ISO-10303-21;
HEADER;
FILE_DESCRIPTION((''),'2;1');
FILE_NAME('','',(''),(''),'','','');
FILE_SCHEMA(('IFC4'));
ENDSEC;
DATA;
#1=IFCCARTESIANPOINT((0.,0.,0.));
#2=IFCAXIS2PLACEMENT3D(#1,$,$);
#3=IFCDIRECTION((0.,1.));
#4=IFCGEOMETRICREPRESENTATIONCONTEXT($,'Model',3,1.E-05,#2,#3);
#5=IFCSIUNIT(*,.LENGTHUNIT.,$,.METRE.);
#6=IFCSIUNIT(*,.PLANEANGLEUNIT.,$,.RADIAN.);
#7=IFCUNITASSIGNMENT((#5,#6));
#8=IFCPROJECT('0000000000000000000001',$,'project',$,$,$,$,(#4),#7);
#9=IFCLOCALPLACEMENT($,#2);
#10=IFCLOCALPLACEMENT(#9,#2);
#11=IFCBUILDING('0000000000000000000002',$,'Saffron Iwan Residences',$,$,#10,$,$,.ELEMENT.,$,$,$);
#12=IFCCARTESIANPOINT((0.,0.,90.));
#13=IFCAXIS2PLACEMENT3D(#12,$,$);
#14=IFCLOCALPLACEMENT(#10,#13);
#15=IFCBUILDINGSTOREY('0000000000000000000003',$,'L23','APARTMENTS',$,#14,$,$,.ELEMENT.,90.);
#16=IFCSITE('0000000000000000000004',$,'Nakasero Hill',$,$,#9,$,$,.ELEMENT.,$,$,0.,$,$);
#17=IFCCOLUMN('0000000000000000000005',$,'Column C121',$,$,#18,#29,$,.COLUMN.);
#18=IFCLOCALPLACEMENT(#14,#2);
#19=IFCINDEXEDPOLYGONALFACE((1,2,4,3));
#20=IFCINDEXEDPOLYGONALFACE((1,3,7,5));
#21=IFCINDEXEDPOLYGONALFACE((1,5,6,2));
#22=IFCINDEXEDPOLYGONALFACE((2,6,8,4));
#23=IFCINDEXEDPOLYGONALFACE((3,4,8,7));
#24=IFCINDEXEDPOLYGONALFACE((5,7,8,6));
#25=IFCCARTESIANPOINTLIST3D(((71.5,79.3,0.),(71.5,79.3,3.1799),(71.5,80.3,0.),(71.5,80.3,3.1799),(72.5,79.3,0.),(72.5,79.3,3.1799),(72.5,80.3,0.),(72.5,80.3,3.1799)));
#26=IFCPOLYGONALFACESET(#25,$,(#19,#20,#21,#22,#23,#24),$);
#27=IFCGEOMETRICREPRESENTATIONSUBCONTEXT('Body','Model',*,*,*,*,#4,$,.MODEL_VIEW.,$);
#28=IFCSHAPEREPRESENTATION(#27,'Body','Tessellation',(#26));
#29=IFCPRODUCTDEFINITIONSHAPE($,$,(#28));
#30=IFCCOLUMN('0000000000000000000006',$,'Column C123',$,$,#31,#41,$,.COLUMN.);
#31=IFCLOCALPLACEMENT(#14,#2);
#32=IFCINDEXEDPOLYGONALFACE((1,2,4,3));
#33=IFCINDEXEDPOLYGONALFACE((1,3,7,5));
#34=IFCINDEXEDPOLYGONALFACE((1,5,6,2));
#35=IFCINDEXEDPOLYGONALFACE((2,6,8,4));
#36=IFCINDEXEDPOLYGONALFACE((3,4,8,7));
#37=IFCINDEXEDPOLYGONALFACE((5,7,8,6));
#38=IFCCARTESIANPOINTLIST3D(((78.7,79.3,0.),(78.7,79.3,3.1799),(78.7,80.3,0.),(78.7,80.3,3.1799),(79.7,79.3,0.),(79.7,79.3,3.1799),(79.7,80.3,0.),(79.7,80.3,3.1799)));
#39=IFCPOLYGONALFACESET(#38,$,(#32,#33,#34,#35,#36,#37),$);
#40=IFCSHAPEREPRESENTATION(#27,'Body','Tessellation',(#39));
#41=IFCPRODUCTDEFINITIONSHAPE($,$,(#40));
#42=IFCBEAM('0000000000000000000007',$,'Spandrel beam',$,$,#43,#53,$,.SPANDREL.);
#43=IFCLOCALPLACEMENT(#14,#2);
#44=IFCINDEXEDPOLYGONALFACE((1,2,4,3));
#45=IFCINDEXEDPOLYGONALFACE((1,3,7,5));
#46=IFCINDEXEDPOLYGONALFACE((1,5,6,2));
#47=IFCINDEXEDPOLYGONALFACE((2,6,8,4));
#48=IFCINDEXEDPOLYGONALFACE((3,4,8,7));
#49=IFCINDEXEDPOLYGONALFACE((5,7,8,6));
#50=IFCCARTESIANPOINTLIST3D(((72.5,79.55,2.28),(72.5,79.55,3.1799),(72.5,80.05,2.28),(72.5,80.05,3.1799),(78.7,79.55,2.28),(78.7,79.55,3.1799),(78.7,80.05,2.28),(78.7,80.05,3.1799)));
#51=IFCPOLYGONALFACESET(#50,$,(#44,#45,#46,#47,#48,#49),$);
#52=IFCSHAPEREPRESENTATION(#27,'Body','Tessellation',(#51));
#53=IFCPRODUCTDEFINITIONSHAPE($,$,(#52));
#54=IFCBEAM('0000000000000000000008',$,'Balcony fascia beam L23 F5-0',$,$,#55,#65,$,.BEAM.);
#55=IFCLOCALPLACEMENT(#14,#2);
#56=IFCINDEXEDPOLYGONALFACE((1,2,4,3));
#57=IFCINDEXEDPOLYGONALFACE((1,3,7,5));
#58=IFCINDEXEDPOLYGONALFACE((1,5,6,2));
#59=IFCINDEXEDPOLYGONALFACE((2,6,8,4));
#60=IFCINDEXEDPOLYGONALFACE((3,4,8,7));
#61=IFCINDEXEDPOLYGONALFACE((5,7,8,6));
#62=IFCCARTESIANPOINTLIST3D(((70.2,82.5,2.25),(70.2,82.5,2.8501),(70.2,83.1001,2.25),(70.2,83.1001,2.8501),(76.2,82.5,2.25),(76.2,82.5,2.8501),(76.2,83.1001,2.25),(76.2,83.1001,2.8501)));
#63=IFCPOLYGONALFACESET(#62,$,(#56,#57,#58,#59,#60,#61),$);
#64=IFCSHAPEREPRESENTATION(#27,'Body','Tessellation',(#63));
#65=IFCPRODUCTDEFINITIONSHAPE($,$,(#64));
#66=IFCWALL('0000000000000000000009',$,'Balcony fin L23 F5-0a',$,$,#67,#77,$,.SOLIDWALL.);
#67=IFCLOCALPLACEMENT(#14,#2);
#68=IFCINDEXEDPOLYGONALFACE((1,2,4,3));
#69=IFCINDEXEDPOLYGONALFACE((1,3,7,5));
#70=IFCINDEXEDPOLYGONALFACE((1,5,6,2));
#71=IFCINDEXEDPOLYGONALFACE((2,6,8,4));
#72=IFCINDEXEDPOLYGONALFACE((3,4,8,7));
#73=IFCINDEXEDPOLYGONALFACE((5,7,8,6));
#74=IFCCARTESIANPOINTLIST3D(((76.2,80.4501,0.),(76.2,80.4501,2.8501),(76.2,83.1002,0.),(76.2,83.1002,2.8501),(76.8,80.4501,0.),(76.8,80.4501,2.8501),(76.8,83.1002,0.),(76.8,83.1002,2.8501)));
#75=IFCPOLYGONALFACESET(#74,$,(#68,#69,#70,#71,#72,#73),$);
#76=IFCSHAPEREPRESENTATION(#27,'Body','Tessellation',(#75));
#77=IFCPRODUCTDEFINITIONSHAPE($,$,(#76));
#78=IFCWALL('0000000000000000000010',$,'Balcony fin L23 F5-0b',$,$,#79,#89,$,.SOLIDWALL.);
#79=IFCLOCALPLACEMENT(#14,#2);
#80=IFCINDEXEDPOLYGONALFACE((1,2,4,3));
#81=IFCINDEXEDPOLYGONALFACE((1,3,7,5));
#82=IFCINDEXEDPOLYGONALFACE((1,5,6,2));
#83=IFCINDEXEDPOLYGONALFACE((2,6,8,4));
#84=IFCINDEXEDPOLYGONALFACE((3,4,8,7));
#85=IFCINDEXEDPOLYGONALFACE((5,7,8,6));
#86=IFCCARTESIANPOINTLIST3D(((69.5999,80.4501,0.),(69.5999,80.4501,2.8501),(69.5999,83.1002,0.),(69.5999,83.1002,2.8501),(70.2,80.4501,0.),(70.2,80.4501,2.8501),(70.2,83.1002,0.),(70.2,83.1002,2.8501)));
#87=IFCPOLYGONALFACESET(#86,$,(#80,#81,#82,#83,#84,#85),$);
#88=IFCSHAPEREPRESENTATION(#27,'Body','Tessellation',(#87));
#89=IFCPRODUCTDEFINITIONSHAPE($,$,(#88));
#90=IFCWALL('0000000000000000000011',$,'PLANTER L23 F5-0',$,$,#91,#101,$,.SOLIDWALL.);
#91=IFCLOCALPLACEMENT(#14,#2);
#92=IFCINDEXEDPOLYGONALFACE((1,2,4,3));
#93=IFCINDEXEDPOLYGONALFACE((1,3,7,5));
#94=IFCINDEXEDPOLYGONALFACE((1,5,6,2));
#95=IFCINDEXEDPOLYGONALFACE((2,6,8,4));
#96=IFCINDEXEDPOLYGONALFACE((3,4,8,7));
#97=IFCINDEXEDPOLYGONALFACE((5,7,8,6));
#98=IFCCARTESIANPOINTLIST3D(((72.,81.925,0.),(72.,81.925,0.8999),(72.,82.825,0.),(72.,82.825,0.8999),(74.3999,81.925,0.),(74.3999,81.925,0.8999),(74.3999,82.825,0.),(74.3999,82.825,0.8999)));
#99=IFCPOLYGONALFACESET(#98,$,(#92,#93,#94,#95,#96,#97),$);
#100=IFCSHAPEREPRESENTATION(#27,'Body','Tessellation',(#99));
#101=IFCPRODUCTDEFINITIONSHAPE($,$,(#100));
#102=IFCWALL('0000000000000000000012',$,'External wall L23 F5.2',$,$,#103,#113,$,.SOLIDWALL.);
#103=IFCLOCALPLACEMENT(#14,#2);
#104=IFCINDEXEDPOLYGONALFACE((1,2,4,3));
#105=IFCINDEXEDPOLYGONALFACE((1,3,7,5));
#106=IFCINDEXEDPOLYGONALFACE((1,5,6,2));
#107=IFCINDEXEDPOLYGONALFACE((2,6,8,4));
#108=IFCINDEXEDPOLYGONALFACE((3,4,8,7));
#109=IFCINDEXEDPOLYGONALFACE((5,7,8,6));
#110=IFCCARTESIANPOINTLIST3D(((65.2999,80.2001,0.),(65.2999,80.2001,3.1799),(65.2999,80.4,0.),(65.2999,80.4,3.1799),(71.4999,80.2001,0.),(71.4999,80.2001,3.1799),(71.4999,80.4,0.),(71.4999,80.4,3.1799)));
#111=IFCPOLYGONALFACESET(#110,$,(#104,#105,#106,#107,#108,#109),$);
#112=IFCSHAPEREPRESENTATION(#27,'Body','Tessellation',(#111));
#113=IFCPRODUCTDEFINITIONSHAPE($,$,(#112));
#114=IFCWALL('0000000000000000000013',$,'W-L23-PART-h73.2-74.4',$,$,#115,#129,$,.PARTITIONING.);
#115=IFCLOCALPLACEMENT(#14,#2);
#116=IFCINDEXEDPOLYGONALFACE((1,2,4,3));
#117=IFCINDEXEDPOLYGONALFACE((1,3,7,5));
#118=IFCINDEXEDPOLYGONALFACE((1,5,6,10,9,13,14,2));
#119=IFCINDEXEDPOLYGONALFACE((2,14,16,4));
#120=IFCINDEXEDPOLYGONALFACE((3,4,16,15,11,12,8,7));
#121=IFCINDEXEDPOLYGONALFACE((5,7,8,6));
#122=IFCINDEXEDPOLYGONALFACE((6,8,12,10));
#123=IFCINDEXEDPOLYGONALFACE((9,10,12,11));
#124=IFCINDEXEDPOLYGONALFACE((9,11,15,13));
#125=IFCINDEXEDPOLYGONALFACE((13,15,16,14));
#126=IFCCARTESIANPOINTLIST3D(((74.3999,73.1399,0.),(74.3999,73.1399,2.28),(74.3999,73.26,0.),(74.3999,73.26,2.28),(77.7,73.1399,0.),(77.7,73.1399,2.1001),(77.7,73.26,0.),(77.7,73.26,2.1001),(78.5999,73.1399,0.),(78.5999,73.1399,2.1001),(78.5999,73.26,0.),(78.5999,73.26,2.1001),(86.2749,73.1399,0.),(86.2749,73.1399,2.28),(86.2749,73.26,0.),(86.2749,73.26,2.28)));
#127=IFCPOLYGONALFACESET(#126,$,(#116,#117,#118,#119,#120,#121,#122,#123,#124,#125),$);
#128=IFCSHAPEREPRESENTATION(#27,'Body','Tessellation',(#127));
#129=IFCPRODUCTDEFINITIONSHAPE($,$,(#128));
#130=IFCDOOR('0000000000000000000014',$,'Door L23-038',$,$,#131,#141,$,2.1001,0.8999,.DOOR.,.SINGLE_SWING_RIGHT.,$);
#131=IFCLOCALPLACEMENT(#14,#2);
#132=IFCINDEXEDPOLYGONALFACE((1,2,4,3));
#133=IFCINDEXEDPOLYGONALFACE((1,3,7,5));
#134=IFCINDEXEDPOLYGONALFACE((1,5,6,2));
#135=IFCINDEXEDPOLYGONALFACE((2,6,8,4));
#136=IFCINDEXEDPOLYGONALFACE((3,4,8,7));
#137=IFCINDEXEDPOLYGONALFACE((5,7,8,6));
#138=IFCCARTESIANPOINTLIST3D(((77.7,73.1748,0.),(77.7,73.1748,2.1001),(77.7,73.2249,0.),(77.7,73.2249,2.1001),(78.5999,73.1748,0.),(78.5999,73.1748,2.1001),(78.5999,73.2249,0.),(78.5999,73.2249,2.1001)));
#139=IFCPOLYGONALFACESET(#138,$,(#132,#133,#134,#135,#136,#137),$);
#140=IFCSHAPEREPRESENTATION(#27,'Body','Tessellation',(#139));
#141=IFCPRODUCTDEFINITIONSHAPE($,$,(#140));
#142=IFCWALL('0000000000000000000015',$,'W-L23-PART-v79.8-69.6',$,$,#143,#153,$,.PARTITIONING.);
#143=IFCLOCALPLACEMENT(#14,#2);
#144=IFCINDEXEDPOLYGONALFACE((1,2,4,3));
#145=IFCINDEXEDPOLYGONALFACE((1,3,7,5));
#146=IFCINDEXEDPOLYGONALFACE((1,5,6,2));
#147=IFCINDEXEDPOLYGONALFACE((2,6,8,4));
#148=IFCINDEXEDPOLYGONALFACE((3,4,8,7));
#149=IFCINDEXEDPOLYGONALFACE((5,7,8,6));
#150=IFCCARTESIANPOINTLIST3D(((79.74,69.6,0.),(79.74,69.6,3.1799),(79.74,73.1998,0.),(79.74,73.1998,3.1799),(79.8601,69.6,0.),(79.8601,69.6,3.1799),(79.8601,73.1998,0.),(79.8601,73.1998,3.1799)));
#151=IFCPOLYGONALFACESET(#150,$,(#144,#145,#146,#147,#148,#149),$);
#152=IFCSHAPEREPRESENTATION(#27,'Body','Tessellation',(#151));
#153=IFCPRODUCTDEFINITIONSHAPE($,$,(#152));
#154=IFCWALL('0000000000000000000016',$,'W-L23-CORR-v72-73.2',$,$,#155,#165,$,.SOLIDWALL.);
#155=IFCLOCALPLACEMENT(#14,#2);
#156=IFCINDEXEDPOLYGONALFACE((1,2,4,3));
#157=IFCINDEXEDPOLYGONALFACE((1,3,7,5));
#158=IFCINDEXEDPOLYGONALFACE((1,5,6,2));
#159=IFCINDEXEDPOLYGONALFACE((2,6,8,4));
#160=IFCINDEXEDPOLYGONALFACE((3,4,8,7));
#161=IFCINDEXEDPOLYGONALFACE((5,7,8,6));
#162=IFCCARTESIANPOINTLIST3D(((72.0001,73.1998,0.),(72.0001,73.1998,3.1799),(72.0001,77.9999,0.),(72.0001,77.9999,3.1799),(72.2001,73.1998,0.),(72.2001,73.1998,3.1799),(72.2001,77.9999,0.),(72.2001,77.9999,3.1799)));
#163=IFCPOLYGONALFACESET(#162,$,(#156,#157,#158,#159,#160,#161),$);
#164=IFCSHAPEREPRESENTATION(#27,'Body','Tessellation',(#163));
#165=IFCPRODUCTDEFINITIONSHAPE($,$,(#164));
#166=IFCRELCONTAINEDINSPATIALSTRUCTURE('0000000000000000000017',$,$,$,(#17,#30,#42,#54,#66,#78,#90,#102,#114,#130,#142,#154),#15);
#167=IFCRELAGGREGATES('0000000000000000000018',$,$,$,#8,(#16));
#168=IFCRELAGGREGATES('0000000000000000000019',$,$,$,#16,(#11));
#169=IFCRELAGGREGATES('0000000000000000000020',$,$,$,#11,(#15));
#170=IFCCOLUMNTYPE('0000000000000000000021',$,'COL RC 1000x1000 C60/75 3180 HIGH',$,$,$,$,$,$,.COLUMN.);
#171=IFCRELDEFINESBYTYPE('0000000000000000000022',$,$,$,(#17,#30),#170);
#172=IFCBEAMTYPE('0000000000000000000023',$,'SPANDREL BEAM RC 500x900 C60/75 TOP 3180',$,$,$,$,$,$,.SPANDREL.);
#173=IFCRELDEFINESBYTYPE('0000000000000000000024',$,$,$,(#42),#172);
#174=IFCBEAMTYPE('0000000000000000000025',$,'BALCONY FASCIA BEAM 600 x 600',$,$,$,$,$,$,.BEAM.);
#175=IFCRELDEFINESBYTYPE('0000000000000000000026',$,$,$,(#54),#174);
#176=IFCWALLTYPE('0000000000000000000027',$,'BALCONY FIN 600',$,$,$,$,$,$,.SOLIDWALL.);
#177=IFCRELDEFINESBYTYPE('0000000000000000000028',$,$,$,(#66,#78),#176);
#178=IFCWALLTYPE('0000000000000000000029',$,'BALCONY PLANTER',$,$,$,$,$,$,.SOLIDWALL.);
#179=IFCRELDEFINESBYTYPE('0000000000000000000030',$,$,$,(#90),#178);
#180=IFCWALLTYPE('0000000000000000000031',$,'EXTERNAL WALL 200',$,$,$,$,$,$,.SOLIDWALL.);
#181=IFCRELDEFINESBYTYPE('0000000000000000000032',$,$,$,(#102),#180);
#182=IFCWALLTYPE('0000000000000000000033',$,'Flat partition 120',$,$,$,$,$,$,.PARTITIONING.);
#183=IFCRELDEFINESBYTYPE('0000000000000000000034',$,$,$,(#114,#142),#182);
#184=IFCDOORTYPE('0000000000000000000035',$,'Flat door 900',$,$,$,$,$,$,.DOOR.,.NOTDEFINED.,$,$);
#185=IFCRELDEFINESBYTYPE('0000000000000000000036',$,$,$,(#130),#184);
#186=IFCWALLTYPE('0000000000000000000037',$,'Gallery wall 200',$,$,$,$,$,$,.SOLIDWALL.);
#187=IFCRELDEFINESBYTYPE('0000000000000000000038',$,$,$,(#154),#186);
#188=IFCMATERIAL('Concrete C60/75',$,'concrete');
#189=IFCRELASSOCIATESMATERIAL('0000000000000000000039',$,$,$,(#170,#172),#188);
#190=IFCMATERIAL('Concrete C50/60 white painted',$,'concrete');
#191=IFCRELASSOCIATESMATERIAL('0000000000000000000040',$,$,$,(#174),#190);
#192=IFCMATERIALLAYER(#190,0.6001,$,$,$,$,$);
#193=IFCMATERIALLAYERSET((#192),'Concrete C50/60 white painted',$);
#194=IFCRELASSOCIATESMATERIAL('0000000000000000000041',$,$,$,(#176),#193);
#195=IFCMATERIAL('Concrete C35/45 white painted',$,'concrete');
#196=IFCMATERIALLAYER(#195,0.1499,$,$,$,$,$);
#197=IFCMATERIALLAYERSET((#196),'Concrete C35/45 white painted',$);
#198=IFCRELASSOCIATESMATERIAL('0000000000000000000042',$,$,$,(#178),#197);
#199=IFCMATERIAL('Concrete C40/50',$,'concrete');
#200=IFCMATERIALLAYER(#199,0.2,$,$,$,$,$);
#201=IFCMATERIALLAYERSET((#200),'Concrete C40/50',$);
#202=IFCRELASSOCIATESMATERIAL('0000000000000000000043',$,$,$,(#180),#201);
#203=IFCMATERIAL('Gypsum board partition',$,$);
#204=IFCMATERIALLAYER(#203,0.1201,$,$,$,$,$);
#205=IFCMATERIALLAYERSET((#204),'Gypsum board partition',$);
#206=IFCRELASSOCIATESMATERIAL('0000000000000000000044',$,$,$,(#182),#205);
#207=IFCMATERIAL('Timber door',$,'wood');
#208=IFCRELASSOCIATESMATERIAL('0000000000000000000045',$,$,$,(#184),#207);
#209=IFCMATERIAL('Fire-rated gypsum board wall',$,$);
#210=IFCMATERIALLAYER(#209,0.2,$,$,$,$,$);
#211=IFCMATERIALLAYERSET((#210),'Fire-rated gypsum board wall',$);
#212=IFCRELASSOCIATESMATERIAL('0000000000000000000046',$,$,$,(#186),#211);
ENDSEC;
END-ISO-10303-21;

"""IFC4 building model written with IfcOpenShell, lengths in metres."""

from ifc_helpers import new_model, si_unit, direction, frame, frame_2d, origin, origin_2d, place, context, subcontext, project, spatial, rectangle, extrude, source, transform, mapped, material, layer, layer_set, material_profile, profile_set, type_object, element, fill, save


model = new_model("IFC4")

# Units and contexts
model_context = context("Model", 3, precision=1e-05, world=origin(), true_north=direction((0.0, 1.0)))
body_context = subcontext(model_context, "Body", "Model", "MODEL_VIEW")
ifc_project = project(units=[si_unit("LENGTHUNIT", "METRE"), si_unit("PLANEANGLEUNIT", "RADIAN")], contexts=[model_context])

# Site, building, storey
site_placement = place(None, origin())
site = spatial("IfcSite", under=ifc_project, at=site_placement, Name="Nakasero Hill", CompositionType="ELEMENT", RefElevation=0.0)
building_placement = place(site_placement, origin())
building = spatial("IfcBuilding", under=site, at=building_placement, Name="Saffron Iwan Residences", CompositionType="ELEMENT")
storey_placement = place(building_placement, frame((0.0, 0.0, 90.0)))
storey = spatial("IfcBuildingStorey", under=building, at=storey_placement, Name="L23", Description="APARTMENTS", CompositionType="ELEMENT", Elevation=90.0)

# Columns
ifc_material_1 = material(Name="Concrete C60/75", Category="concrete")
ifc_material_profile_1 = material_profile(ifc_material_1, rectangle(XDim=1.0, YDim=1.0, at=origin_2d()), Name="RC 1000x1000")
ifc_profile_set_1 = profile_set([ifc_material_profile_1], Name="Concrete C60/75")
column_type = type_object("IfcColumnType", Name="COL RC 1000x1000 C60/75 3180 HIGH", PredefinedType="COLUMN", material=ifc_profile_set_1)
shared_shape_1 = source(origin(), body_context, "Body", "SweptSolid", [
    extrude(rectangle(XDim=1.0, YDim=1.0, at=origin_2d()), origin(), (0.0, 0.0, 1.0), 3.1799),
])
for number, where, z_axis, x_axis, name in (
    (1, (72.0, 79.8, 0.0), (0.0, 0.0, 1.0), (1.0, 0.0, 0.0), "Column C121"),
    (2, (79.2, 79.8, 0.0), (0.0, 0.0, 1.0), (1.0, 0.0, 0.0), "Column C123"),
):
    element("IfcColumn", number, at=place(storey_placement, frame(where, z_axis=z_axis, x_axis=x_axis)), inside=storey, type_object=column_type, Name=name, PredefinedType="COLUMN", context=body_context, shape_type="MappedRepresentation", body=[
        mapped(shared_shape_1, transform((0.0, 0.0, 0.0))),
    ])

# Beams
ifc_material_profile_2 = material_profile(ifc_material_1, rectangle(XDim=0.5, YDim=0.8999, at=origin_2d()), Name="RC 500x900")
ifc_profile_set_2 = profile_set([ifc_material_profile_2], Name="Concrete C60/75")
beam_type_1 = type_object("IfcBeamType", Name="SPANDREL BEAM RC 500x900 C60/75 TOP 3180", PredefinedType="SPANDREL", material=ifc_profile_set_2)
shared_shape_2 = source(origin(), body_context, "Body", "SweptSolid", [
    extrude(rectangle(XDim=0.5, YDim=0.8999, at=origin_2d()), origin(), (0.0, 0.0, 1.0), 6.2),
])
beam_1_placement = place(storey_placement, frame((72.5, 79.8, 2.73), z_axis=(1.0, 0.0, 0.0), x_axis=(0.0, 1.0, 0.0)))
element("IfcBeam", 3, at=beam_1_placement, inside=storey, type_object=beam_type_1, Name="Spandrel beam", PredefinedType="SPANDREL", context=body_context, shape_type="MappedRepresentation", body=[
    mapped(shared_shape_2, transform((0.0, 0.0, 0.0))),
])
ifc_material_2 = material(Name="Concrete C50/60 white painted", Category="concrete")
ifc_material_profile_3 = material_profile(ifc_material_2, rectangle(XDim=0.6001, YDim=0.6001, at=origin_2d()), Name="BALCONY FASCIA BEAM 600 x 600")
ifc_profile_set_3 = profile_set([ifc_material_profile_3], Name="Concrete C50/60 white painted")
beam_type_2 = type_object("IfcBeamType", Name="BALCONY FASCIA BEAM 600 x 600", PredefinedType="BEAM", material=ifc_profile_set_3)
shared_shape_3 = source(origin(), body_context, "Body", "SweptSolid", [
    extrude(rectangle(XDim=0.6001, YDim=0.6001, at=origin_2d()), origin(), (0.0, 0.0, 1.0), 6.0),
])
beam_2_placement = place(storey_placement, frame((76.2, 82.8, 2.55), z_axis=(-1.0, 0.0, 0.0), x_axis=(0.0, -1.0, 0.0)))
element("IfcBeam", 4, at=beam_2_placement, inside=storey, type_object=beam_type_2, Name="Balcony fascia beam L23 F5-0", PredefinedType="BEAM", context=body_context, shape_type="MappedRepresentation", body=[
    mapped(shared_shape_3, transform((0.0, 0.0, 0.0))),
])

# Walls
ifc_layer_1 = layer(ifc_material_2, 0.6001)
ifc_layer_set_1 = layer_set([ifc_layer_1], Name="Concrete C50/60 white painted")
wall_type_1 = type_object("IfcWallType", Name="BALCONY FIN 600", PredefinedType="SOLIDWALL", material=ifc_layer_set_1)
for number, where, z_axis, x_axis, name in (
    (5, (76.5, 80.45, 0.0), (0.0, 0.0, 1.0), (0.0, 1.0, 0.0), "Balcony fin L23 F5-0a"),
    (6, (69.8999, 80.45, 0.0), (0.0, 0.0, 1.0), (0.0, 1.0, 0.0), "Balcony fin L23 F5-0b"),
):
    element("IfcWall", number, at=place(storey_placement, frame(where, z_axis=z_axis, x_axis=x_axis)), inside=storey, type_object=wall_type_1, Name=name, PredefinedType="SOLIDWALL", context=body_context, shape_type="SweptSolid", body=[
        extrude(rectangle(XDim=2.6501, YDim=0.6001, at=frame_2d((1.3252, 0.0))), origin(), (0.0, 0.0, 1.0), 2.8501),
    ])
ifc_material_3 = material(Name="Concrete C35/45 white painted", Category="concrete")
ifc_layer_2 = layer(ifc_material_3, 0.1499)
ifc_layer_set_2 = layer_set([ifc_layer_2], Name="Concrete C35/45 white painted")
wall_type_2 = type_object("IfcWallType", Name="BALCONY PLANTER", PredefinedType="SOLIDWALL", material=ifc_layer_set_2)
wall_1_placement = place(storey_placement, frame((74.3999, 82.375, 0.0), z_axis=(0.0, 0.0, 1.0), x_axis=(-1.0, 0.0, 0.0)))
element("IfcWall", 7, at=wall_1_placement, inside=storey, type_object=wall_type_2, Name="PLANTER L23 F5-0", PredefinedType="SOLIDWALL", context=body_context, shape_type="SweptSolid", body=[
    extrude(rectangle(XDim=2.3999, YDim=0.8999, at=frame_2d((1.2, 0.0))), origin(), (0.0, 0.0, 1.0), 0.8999),
])

# Shared definitions
ifc_material_4 = material(Name="Concrete C40/50", Category="concrete")
ifc_layer_3 = layer(ifc_material_4, 0.2)
ifc_layer_set_3 = layer_set([ifc_layer_3], Name="Concrete C40/50")
wall_type_3 = type_object("IfcWallType", Name="EXTERNAL WALL 200", PredefinedType="SOLIDWALL", material=ifc_layer_set_3)

# Wall
wall_2_placement = place(storey_placement, frame((71.5, 80.3, 0.0), z_axis=(0.0, 0.0, 1.0), x_axis=(-1.0, 0.0, 0.0)))
element("IfcWall", 8, at=wall_2_placement, inside=storey, type_object=wall_type_3, Name="External wall L23 F5.2", PredefinedType="SOLIDWALL", context=body_context, shape_type="SweptSolid", body=[
    extrude(rectangle(XDim=6.2, YDim=0.2, at=frame_2d((3.1001, 0.0))), origin(), (0.0, 0.0, 1.0), 3.1799),
])

# Wall, opening, door
ifc_material_5 = material(Name="Gypsum board partition")
ifc_layer_4 = layer(ifc_material_5, 0.1201)
ifc_layer_set_4 = layer_set([ifc_layer_4], Name="Gypsum board partition")
wall_type_4 = type_object("IfcWallType", Name="Flat partition 120", PredefinedType="PARTITIONING", material=ifc_layer_set_4)
wall_3_placement = place(storey_placement, frame((74.3999, 73.2, 0.0), z_axis=(0.0, 0.0, 1.0), x_axis=(1.0, 0.0, 0.0)))
wall_3 = element("IfcWall", 9, at=wall_3_placement, inside=storey, type_object=wall_type_4, Name="W-L23-PART-h73.2-74.4", PredefinedType="PARTITIONING", context=body_context, shape_type="SweptSolid", body=[
    extrude(rectangle(XDim=11.875, YDim=0.1201, at=frame_2d((5.9375, 0.0))), origin(), (0.0, 0.0, 1.0), 2.28),
])
opening_1_placement = place(wall_3_placement, frame((3.3, 0.0, 0.0)))
opening_1 = element("IfcOpeningElement", 10, at=opening_1_placement, cuts=wall_3, PredefinedType="OPENING", context=body_context, shape_type="SweptSolid", body=[
    extrude(rectangle(XDim=0.8999, YDim=2.1001, at=frame_2d((0.45, 1.05))), frame((0.0, 0.0701, 0.0), z_axis=(0.0, -1.0, 0.0), x_axis=(1.0, 0.0, 0.0)), (0.0, 0.0, 1.0), 0.1401),
])
ifc_material_6 = material(Name="Timber door", Category="wood")
door_type_1 = type_object("IfcDoorType", Name="Flat door 900", OperationType="NOTDEFINED", PredefinedType="DOOR", material=ifc_material_6)
door_1_placement = place(opening_1_placement, origin())
door_1 = element("IfcDoor", 11, at=door_1_placement, inside=storey, type_object=door_type_1, Name="Door L23-038", OperationType="SINGLE_SWING_RIGHT", OverallHeight=2.1001, OverallWidth=0.8999, PredefinedType="DOOR", context=body_context, shape_type="SweptSolid", body=[
    extrude(rectangle(XDim=0.8999, YDim=2.1001, at=frame_2d((0.45, 1.05))), frame((0.0, 0.0249, 0.0), z_axis=(0.0, -1.0, 0.0), x_axis=(1.0, 0.0, 0.0)), (0.0, 0.0, 1.0), 0.05),
])
fill(opening_1, door_1)

# Walls
wall_4_placement = place(storey_placement, frame((79.8, 69.6001, 0.0), z_axis=(0.0, 0.0, 1.0), x_axis=(0.0, 1.0, 0.0)))
element("IfcWall", 12, at=wall_4_placement, inside=storey, type_object=wall_type_4, Name="W-L23-PART-v79.8-69.6", PredefinedType="PARTITIONING", context=body_context, shape_type="SweptSolid", body=[
    extrude(rectangle(XDim=3.5999, YDim=0.1201, at=frame_2d((1.7998, 0.0))), origin(), (0.0, 0.0, 1.0), 3.1799),
])
ifc_material_7 = material(Name="Fire-rated gypsum board wall")
ifc_layer_5 = layer(ifc_material_7, 0.2)
ifc_layer_set_5 = layer_set([ifc_layer_5], Name="Fire-rated gypsum board wall")
wall_type_5 = type_object("IfcWallType", Name="Gallery wall 200", PredefinedType="SOLIDWALL", material=ifc_layer_set_5)
wall_5_placement = place(storey_placement, frame((72.1001, 73.2, 0.0), z_axis=(0.0, 0.0, 1.0), x_axis=(0.0, 1.0, 0.0)))
element("IfcWall", 13, at=wall_5_placement, inside=storey, type_object=wall_type_5, Name="W-L23-CORR-v72-73.2", PredefinedType="SOLIDWALL", context=body_context, shape_type="SweptSolid", body=[
    extrude(rectangle(XDim=4.8, YDim=0.2, at=frame_2d((2.3999, 0.0))), origin(), (0.0, 0.0, 1.0), 3.1799),
])

save(model, "model.ifc")
